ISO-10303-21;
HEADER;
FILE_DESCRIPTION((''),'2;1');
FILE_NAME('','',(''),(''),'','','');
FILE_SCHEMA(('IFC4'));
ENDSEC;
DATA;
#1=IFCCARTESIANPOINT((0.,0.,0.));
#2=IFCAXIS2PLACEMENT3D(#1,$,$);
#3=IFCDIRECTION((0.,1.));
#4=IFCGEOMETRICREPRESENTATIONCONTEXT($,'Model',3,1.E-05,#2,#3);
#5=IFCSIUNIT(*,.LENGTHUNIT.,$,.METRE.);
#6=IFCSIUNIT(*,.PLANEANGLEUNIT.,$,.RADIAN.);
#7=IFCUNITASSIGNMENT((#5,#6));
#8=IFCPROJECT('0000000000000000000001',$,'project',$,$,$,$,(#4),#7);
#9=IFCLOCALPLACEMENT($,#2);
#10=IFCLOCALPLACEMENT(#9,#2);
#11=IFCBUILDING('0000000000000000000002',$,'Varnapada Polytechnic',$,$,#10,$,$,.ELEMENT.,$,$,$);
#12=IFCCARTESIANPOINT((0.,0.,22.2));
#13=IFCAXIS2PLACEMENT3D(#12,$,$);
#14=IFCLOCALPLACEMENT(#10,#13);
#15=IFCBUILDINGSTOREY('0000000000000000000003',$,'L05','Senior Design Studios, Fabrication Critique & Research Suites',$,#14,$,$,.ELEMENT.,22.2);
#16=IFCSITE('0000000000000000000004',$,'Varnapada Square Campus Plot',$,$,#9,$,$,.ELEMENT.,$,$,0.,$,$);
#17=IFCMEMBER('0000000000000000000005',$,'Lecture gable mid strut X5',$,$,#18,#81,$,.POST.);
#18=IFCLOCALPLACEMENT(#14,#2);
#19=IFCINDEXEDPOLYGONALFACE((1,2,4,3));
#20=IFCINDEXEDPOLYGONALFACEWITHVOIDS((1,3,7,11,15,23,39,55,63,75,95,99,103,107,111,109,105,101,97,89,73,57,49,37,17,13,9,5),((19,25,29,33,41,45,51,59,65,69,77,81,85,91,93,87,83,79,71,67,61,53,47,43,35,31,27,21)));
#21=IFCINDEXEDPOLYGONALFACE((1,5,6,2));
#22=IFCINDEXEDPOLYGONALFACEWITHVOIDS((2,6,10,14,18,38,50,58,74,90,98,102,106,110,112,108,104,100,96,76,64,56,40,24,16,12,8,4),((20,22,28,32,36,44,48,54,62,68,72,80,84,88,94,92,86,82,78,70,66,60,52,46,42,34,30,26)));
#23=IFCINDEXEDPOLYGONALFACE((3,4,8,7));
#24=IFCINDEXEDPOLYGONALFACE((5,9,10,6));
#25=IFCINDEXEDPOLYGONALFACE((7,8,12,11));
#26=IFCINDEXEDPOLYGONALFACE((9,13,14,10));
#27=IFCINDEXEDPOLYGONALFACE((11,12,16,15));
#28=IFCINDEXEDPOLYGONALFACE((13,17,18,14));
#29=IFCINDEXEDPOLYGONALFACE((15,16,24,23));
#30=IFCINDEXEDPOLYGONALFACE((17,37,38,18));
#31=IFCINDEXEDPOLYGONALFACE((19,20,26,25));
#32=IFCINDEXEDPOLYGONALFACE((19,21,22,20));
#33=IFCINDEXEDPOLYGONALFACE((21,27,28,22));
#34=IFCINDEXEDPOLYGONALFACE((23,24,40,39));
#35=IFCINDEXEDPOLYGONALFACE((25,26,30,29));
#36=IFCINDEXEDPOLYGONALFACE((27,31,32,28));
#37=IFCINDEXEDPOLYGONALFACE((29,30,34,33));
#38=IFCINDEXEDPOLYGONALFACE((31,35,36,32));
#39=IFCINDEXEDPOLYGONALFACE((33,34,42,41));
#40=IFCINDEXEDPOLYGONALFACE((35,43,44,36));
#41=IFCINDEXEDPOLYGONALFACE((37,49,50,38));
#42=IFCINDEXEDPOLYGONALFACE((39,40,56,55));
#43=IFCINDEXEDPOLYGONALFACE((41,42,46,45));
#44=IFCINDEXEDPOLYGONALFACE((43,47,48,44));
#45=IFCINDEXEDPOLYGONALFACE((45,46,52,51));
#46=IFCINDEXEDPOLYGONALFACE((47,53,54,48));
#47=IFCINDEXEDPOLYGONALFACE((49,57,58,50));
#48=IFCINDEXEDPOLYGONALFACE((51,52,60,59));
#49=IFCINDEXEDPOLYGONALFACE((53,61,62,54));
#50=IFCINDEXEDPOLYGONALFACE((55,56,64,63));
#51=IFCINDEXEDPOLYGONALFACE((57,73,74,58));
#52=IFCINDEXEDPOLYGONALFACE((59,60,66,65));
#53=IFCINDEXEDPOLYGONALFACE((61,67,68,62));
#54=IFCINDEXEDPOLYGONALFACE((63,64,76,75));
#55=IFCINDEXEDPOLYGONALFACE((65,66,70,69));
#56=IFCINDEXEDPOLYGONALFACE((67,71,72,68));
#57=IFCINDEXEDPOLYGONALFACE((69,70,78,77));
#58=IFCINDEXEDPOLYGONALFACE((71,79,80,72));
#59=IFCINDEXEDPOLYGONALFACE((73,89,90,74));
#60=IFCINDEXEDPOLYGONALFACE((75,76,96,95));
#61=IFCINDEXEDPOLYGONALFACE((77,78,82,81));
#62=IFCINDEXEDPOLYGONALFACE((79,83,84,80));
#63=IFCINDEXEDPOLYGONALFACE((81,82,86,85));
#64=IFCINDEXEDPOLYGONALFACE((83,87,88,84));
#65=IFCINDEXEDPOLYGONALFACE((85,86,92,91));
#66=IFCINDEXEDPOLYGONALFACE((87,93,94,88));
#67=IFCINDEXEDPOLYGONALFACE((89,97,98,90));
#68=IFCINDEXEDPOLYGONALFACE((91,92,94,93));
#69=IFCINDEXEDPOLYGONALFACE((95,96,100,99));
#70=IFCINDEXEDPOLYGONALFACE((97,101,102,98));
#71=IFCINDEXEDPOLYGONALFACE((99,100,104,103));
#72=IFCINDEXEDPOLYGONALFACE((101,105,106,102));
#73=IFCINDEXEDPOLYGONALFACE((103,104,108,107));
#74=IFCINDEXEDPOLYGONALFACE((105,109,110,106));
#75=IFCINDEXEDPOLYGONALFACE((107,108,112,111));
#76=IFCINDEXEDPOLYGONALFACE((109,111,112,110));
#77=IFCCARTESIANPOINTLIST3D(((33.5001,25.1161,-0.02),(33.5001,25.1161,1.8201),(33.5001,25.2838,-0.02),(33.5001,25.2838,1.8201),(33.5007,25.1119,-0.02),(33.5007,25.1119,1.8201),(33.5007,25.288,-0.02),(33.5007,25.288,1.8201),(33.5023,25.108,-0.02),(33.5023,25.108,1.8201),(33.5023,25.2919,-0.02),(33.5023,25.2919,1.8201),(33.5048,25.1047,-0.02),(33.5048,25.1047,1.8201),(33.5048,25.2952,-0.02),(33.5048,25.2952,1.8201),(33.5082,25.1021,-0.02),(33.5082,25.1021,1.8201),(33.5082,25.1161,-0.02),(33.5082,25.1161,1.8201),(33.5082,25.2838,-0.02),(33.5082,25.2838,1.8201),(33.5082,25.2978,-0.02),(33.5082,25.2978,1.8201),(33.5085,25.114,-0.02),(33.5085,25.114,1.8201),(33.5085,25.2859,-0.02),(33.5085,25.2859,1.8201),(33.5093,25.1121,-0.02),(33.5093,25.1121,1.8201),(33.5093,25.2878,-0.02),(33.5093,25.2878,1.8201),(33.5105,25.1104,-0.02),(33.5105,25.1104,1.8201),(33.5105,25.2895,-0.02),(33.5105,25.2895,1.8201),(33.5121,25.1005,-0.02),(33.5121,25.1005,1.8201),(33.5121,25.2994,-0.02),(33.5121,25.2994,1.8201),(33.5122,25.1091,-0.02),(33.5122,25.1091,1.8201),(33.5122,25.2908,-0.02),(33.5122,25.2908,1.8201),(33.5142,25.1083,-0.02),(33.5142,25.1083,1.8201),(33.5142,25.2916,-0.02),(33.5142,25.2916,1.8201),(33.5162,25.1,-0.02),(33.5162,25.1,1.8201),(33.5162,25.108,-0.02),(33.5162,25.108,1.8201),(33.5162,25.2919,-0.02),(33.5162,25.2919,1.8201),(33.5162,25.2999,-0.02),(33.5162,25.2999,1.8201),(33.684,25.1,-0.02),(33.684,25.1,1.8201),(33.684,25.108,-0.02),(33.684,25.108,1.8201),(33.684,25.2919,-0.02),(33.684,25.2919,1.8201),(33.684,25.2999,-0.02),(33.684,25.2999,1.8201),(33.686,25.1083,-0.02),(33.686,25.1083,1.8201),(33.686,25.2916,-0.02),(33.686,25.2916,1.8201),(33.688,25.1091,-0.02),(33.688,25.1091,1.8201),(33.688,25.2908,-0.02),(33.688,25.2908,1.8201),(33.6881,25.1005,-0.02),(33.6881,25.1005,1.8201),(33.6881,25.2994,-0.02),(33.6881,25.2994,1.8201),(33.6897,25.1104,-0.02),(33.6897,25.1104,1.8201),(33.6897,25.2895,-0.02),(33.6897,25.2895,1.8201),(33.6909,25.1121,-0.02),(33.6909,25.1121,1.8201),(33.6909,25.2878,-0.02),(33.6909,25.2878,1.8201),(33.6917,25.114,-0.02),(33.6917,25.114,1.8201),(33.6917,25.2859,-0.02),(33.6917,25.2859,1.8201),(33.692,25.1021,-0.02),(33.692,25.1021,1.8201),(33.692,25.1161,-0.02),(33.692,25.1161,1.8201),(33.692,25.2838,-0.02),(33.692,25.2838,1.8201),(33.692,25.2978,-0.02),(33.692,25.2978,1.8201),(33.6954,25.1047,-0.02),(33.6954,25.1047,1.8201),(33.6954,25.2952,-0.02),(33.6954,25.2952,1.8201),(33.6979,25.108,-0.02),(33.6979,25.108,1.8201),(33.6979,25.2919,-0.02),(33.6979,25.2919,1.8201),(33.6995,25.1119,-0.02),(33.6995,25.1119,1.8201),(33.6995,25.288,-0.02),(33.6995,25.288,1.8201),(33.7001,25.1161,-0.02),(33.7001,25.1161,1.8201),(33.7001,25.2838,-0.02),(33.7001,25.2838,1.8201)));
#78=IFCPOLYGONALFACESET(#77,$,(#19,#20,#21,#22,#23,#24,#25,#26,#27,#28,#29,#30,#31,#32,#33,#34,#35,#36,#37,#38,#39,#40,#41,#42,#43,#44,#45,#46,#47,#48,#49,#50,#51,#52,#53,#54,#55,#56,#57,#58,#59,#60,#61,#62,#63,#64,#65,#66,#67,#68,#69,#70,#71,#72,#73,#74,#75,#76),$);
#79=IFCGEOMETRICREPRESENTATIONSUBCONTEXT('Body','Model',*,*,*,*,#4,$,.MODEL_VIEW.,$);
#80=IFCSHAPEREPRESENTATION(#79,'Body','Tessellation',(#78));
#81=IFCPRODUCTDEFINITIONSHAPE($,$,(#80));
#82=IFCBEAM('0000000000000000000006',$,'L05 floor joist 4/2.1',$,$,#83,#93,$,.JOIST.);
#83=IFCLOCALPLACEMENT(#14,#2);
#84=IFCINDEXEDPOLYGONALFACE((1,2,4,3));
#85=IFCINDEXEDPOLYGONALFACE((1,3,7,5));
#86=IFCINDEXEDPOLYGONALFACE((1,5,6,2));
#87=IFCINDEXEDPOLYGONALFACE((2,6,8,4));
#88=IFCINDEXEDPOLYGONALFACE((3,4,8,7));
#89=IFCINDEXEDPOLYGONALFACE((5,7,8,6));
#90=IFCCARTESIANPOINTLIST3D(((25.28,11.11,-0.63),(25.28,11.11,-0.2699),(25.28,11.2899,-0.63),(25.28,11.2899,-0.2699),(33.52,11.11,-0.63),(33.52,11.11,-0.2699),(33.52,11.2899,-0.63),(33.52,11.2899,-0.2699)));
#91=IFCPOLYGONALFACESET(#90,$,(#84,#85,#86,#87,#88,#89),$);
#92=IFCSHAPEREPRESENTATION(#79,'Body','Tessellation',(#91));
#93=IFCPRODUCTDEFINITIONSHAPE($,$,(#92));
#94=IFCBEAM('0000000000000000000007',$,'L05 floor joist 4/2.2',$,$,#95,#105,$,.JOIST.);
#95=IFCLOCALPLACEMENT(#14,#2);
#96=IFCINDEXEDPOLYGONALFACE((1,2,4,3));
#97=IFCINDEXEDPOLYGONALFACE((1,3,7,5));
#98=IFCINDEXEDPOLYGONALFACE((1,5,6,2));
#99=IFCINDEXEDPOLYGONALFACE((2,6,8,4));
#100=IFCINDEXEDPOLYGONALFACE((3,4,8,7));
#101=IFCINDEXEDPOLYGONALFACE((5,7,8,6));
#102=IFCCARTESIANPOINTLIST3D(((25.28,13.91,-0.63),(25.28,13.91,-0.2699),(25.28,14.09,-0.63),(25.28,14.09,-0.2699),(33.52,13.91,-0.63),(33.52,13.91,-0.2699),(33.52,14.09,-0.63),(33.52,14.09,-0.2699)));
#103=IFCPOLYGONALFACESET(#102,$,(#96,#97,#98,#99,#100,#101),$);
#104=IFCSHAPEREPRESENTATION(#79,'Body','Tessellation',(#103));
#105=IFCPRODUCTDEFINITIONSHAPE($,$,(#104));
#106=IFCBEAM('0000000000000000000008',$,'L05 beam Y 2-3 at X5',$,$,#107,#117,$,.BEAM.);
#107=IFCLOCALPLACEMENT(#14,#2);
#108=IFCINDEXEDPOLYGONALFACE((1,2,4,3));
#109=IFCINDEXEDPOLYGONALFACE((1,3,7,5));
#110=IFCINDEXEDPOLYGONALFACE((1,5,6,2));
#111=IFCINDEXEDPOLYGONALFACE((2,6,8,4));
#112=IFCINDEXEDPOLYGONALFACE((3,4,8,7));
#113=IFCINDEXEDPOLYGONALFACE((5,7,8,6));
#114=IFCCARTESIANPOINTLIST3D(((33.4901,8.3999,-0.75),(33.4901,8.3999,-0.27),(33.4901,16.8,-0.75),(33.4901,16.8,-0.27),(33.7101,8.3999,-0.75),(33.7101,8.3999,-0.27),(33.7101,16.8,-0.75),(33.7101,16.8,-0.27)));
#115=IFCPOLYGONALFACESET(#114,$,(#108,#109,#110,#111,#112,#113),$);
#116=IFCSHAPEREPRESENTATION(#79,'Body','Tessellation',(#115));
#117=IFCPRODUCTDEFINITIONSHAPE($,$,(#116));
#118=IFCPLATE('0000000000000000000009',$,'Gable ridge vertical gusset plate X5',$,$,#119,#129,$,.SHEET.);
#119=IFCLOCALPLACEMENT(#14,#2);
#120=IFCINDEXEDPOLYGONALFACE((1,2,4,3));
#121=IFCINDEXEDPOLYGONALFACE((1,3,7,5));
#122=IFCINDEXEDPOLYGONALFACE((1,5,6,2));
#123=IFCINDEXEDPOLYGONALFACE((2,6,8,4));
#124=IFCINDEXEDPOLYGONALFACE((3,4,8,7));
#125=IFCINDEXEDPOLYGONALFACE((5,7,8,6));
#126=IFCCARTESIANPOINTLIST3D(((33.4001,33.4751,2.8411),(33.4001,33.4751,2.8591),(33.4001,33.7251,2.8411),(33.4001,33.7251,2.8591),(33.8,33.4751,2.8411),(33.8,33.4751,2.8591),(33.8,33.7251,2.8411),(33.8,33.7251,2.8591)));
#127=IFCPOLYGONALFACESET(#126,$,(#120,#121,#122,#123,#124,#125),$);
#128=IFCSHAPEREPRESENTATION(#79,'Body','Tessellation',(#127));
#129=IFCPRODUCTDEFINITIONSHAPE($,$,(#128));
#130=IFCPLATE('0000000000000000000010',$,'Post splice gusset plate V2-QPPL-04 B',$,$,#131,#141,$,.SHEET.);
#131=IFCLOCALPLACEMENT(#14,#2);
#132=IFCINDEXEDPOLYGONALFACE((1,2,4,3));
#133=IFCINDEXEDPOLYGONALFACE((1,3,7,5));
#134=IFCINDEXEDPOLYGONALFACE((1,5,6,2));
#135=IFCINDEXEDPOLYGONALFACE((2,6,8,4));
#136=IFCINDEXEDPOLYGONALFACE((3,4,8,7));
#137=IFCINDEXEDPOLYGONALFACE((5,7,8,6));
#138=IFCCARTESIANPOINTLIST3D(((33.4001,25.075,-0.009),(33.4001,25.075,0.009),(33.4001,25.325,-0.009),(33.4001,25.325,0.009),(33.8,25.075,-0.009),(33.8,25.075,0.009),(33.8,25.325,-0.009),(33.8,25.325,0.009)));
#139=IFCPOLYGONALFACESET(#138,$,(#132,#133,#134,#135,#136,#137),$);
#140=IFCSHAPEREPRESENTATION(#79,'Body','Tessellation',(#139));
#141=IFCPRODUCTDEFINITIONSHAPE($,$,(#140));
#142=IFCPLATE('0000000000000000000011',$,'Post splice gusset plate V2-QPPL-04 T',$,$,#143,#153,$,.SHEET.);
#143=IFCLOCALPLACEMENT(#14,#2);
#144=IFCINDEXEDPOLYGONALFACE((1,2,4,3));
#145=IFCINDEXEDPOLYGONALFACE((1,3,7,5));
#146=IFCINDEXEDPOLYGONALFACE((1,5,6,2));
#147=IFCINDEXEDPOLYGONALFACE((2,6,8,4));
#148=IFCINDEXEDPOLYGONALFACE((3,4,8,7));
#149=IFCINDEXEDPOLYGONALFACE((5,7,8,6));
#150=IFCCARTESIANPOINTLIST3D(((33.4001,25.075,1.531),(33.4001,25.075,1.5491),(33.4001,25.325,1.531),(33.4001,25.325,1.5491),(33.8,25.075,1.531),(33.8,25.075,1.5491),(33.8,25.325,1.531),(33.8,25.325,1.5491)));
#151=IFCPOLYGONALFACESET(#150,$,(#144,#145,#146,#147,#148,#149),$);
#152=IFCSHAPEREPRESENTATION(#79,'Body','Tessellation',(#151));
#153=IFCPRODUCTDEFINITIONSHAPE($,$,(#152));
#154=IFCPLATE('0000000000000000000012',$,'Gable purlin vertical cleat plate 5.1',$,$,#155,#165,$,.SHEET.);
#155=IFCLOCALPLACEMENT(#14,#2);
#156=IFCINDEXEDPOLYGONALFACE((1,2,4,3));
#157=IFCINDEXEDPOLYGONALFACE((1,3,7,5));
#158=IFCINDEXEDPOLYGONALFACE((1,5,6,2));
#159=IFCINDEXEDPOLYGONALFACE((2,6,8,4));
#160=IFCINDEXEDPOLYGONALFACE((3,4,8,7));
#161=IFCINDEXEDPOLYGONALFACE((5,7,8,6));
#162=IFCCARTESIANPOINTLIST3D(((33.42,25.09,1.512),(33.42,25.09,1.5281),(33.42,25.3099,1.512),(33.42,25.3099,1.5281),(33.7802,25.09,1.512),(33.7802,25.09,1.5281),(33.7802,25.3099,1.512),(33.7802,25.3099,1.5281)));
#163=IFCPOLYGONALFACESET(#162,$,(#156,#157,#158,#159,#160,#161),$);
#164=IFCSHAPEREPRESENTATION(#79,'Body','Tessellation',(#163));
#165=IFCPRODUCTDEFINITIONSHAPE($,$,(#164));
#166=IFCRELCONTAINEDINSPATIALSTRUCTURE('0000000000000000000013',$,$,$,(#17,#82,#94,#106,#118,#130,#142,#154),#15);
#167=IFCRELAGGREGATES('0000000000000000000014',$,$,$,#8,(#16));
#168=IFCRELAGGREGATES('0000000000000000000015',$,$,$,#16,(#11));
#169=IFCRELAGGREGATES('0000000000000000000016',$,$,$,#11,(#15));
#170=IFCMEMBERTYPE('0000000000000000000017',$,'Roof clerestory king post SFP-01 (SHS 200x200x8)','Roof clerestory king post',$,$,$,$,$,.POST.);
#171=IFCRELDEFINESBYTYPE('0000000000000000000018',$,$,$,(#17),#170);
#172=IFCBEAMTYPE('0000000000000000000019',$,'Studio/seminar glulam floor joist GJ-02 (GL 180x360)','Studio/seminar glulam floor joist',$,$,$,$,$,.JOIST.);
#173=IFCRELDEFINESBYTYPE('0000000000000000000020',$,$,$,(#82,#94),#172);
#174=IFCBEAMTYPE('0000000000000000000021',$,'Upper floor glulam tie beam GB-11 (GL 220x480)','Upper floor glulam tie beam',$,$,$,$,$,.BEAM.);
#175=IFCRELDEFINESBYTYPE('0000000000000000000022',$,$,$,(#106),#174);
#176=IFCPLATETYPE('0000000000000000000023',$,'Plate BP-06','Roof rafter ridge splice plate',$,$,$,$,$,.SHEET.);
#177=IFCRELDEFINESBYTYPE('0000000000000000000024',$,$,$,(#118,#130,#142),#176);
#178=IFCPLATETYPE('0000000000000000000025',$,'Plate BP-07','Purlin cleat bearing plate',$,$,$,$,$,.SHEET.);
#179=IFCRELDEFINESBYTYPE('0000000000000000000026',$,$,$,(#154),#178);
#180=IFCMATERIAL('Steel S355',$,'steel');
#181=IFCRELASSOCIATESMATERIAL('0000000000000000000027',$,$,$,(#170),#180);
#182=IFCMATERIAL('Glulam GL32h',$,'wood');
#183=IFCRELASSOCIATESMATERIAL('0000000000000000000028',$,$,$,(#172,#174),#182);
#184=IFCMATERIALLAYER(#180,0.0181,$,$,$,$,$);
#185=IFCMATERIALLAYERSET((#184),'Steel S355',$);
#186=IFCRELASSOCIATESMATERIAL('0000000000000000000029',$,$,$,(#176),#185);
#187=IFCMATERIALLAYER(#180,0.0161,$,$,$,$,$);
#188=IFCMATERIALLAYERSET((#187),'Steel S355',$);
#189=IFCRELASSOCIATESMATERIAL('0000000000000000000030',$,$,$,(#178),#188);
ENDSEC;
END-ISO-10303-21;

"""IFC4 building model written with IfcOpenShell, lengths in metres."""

from ifc_helpers import new_model, si_unit, direction, frame, origin, origin_2d, place, context, subcontext, project, spatial, rectangle, hollow_rectangle, extrude, material, layer, layer_set, material_profile, profile_set, type_object, element, save


model = new_model("IFC4")

# Units and contexts
model_context = context("Model", 3, precision=1e-05, world=origin(), true_north=direction((0.0, 1.0)))
body_context = subcontext(model_context, "Body", "Model", "MODEL_VIEW")
ifc_project = project(units=[si_unit("LENGTHUNIT", "METRE"), si_unit("PLANEANGLEUNIT", "RADIAN")], contexts=[model_context])

# Site, building, storey
site_placement = place(None, origin())
site = spatial("IfcSite", under=ifc_project, at=site_placement, Name="Varnapada Square Campus Plot", CompositionType="ELEMENT", RefElevation=0.0)
building_placement = place(site_placement, origin())
building = spatial("IfcBuilding", under=site, at=building_placement, Name="Varnapada Polytechnic", CompositionType="ELEMENT")
storey_placement = place(building_placement, frame((0.0, 0.0, 22.2)))
storey = spatial("IfcBuildingStorey", under=building, at=storey_placement, Name="L05", Description="Senior Design Studios, Fabrication Critique & Research Suites", CompositionType="ELEMENT", Elevation=22.2)

# Shared definitions
ifc_material_1 = material(Name="Steel S355", Category="steel")

# Shared definitions
ifc_material_2 = material(Name="Glulam GL32h", Category="wood")

# Member
ifc_material_profile_1 = material_profile(ifc_material_1, hollow_rectangle(XDim=0.2, YDim=0.2, WallThickness=0.0081, InnerFilletRadius=0.0081, OuterFilletRadius=0.0161, at=origin_2d()), Name="SHS 200x200x8")
ifc_profile_set_1 = profile_set([ifc_material_profile_1], Name="Steel S355")
member_type_1 = type_object("IfcMemberType", Name="Roof clerestory king post SFP-01 (SHS 200x200x8)", Description="Roof clerestory king post", PredefinedType="POST", material=ifc_profile_set_1)
member_1_placement = place(storey_placement, frame((33.6001, 25.2, -0.02), z_axis=(0.0, 0.0, 1.0), x_axis=(1.0, 0.0, 0.0)))
element("IfcMember", 1, at=member_1_placement, inside=storey, type_object=member_type_1, Name="Lecture gable mid strut X5", PredefinedType="POST", context=body_context, shape_type="SweptSolid", body=[
    extrude(hollow_rectangle(XDim=0.2, YDim=0.2, WallThickness=0.0081, InnerFilletRadius=0.0081, OuterFilletRadius=0.0161, at=origin_2d()), origin(), (0.0, 0.0, 1.0), 1.8401),
])

# Beams
ifc_material_profile_2 = material_profile(ifc_material_2, rectangle(XDim=0.1799, YDim=0.3601, at=origin_2d()), Name="GL 180x360")
ifc_profile_set_2 = profile_set([ifc_material_profile_2], Name="Glulam GL32h")
beam_type_1 = type_object("IfcBeamType", Name="Studio/seminar glulam floor joist GJ-02 (GL 180x360)", Description="Studio/seminar glulam floor joist", PredefinedType="JOIST", material=ifc_profile_set_2)
for number, where, z_axis, x_axis, name in (
    (2, (25.28, 11.2, -0.45), (1.0, 0.0, 0.0), (0.0, 1.0, 0.0), "L05 floor joist 4/2.1"),
    (3, (25.28, 14.0, -0.45), (1.0, 0.0, 0.0), (0.0, 1.0, 0.0), "L05 floor joist 4/2.2"),
):
    element("IfcBeam", number, at=place(storey_placement, frame(where, z_axis=z_axis, x_axis=x_axis)), inside=storey, type_object=beam_type_1, Name=name, PredefinedType="JOIST", context=body_context, shape_type="SweptSolid", body=[
        extrude(rectangle(XDim=0.1799, YDim=0.3601, at=origin_2d()), origin(), (0.0, 0.0, 1.0), 8.24),
    ])
ifc_material_profile_3 = material_profile(ifc_material_2, rectangle(XDim=0.22, YDim=0.48, at=origin_2d()), Name="GL 220x480")
ifc_profile_set_3 = profile_set([ifc_material_profile_3], Name="Glulam GL32h")
beam_type_2 = type_object("IfcBeamType", Name="Upper floor glulam tie beam GB-11 (GL 220x480)", Description="Upper floor glulam tie beam", PredefinedType="BEAM", material=ifc_profile_set_3)
beam_1_placement = place(storey_placement, frame((33.6001, 8.3999, -0.51), z_axis=(0.0, 1.0, 0.0), x_axis=(-1.0, 0.0, 0.0)))
element("IfcBeam", 4, at=beam_1_placement, inside=storey, type_object=beam_type_2, Name="L05 beam Y 2-3 at X5", PredefinedType="BEAM", context=body_context, shape_type="SweptSolid", body=[
    extrude(rectangle(XDim=0.22, YDim=0.48, at=origin_2d()), origin(), (0.0, 0.0, 1.0), 8.4001),
])

# Plates
ifc_layer_1 = layer(ifc_material_1, 0.0181)
ifc_layer_set_1 = layer_set([ifc_layer_1], Name="Steel S355")
plate_type_1 = type_object("IfcPlateType", Name="Plate BP-06", Description="Roof rafter ridge splice plate", PredefinedType="SHEET", material=ifc_layer_set_1)
for number, where, z_axis, x_axis, name in (
    (5, (33.6001, 33.6001, 2.8411), (0.0, 0.0, 1.0), (1.0, 0.0, 0.0), "Gable ridge vertical gusset plate X5"),
    (6, (33.6001, 25.2, -0.009), (0.0, 0.0, 1.0), (1.0, 0.0, 0.0), "Post splice gusset plate V2-QPPL-04 B"),
    (7, (33.6001, 25.2, 1.531), (0.0, 0.0, 1.0), (1.0, 0.0, 0.0), "Post splice gusset plate V2-QPPL-04 T"),
):
    element("IfcPlate", number, at=place(storey_placement, frame(where, z_axis=z_axis, x_axis=x_axis)), inside=storey, type_object=plate_type_1, Name=name, PredefinedType="SHEET", context=body_context, shape_type="SweptSolid", body=[
        extrude(rectangle(XDim=0.3999, YDim=0.25, at=origin_2d()), origin(), (0.0, 0.0, 1.0), 0.0181),
    ])
ifc_layer_2 = layer(ifc_material_1, 0.0161)
ifc_layer_set_2 = layer_set([ifc_layer_2], Name="Steel S355")
plate_type_2 = type_object("IfcPlateType", Name="Plate BP-07", Description="Purlin cleat bearing plate", PredefinedType="SHEET", material=ifc_layer_set_2)
plate_placement = place(storey_placement, frame((33.6001, 25.2, 1.512), z_axis=(0.0, 0.0, 1.0), x_axis=(1.0, 0.0, 0.0)))
element("IfcPlate", 8, at=plate_placement, inside=storey, type_object=plate_type_2, Name="Gable purlin vertical cleat plate 5.1", PredefinedType="SHEET", context=body_context, shape_type="SweptSolid", body=[
    extrude(rectangle(XDim=0.3601, YDim=0.22, at=origin_2d()), origin(), (0.0, 0.0, 1.0), 0.0161),
])

save(model, "model.ifc")
